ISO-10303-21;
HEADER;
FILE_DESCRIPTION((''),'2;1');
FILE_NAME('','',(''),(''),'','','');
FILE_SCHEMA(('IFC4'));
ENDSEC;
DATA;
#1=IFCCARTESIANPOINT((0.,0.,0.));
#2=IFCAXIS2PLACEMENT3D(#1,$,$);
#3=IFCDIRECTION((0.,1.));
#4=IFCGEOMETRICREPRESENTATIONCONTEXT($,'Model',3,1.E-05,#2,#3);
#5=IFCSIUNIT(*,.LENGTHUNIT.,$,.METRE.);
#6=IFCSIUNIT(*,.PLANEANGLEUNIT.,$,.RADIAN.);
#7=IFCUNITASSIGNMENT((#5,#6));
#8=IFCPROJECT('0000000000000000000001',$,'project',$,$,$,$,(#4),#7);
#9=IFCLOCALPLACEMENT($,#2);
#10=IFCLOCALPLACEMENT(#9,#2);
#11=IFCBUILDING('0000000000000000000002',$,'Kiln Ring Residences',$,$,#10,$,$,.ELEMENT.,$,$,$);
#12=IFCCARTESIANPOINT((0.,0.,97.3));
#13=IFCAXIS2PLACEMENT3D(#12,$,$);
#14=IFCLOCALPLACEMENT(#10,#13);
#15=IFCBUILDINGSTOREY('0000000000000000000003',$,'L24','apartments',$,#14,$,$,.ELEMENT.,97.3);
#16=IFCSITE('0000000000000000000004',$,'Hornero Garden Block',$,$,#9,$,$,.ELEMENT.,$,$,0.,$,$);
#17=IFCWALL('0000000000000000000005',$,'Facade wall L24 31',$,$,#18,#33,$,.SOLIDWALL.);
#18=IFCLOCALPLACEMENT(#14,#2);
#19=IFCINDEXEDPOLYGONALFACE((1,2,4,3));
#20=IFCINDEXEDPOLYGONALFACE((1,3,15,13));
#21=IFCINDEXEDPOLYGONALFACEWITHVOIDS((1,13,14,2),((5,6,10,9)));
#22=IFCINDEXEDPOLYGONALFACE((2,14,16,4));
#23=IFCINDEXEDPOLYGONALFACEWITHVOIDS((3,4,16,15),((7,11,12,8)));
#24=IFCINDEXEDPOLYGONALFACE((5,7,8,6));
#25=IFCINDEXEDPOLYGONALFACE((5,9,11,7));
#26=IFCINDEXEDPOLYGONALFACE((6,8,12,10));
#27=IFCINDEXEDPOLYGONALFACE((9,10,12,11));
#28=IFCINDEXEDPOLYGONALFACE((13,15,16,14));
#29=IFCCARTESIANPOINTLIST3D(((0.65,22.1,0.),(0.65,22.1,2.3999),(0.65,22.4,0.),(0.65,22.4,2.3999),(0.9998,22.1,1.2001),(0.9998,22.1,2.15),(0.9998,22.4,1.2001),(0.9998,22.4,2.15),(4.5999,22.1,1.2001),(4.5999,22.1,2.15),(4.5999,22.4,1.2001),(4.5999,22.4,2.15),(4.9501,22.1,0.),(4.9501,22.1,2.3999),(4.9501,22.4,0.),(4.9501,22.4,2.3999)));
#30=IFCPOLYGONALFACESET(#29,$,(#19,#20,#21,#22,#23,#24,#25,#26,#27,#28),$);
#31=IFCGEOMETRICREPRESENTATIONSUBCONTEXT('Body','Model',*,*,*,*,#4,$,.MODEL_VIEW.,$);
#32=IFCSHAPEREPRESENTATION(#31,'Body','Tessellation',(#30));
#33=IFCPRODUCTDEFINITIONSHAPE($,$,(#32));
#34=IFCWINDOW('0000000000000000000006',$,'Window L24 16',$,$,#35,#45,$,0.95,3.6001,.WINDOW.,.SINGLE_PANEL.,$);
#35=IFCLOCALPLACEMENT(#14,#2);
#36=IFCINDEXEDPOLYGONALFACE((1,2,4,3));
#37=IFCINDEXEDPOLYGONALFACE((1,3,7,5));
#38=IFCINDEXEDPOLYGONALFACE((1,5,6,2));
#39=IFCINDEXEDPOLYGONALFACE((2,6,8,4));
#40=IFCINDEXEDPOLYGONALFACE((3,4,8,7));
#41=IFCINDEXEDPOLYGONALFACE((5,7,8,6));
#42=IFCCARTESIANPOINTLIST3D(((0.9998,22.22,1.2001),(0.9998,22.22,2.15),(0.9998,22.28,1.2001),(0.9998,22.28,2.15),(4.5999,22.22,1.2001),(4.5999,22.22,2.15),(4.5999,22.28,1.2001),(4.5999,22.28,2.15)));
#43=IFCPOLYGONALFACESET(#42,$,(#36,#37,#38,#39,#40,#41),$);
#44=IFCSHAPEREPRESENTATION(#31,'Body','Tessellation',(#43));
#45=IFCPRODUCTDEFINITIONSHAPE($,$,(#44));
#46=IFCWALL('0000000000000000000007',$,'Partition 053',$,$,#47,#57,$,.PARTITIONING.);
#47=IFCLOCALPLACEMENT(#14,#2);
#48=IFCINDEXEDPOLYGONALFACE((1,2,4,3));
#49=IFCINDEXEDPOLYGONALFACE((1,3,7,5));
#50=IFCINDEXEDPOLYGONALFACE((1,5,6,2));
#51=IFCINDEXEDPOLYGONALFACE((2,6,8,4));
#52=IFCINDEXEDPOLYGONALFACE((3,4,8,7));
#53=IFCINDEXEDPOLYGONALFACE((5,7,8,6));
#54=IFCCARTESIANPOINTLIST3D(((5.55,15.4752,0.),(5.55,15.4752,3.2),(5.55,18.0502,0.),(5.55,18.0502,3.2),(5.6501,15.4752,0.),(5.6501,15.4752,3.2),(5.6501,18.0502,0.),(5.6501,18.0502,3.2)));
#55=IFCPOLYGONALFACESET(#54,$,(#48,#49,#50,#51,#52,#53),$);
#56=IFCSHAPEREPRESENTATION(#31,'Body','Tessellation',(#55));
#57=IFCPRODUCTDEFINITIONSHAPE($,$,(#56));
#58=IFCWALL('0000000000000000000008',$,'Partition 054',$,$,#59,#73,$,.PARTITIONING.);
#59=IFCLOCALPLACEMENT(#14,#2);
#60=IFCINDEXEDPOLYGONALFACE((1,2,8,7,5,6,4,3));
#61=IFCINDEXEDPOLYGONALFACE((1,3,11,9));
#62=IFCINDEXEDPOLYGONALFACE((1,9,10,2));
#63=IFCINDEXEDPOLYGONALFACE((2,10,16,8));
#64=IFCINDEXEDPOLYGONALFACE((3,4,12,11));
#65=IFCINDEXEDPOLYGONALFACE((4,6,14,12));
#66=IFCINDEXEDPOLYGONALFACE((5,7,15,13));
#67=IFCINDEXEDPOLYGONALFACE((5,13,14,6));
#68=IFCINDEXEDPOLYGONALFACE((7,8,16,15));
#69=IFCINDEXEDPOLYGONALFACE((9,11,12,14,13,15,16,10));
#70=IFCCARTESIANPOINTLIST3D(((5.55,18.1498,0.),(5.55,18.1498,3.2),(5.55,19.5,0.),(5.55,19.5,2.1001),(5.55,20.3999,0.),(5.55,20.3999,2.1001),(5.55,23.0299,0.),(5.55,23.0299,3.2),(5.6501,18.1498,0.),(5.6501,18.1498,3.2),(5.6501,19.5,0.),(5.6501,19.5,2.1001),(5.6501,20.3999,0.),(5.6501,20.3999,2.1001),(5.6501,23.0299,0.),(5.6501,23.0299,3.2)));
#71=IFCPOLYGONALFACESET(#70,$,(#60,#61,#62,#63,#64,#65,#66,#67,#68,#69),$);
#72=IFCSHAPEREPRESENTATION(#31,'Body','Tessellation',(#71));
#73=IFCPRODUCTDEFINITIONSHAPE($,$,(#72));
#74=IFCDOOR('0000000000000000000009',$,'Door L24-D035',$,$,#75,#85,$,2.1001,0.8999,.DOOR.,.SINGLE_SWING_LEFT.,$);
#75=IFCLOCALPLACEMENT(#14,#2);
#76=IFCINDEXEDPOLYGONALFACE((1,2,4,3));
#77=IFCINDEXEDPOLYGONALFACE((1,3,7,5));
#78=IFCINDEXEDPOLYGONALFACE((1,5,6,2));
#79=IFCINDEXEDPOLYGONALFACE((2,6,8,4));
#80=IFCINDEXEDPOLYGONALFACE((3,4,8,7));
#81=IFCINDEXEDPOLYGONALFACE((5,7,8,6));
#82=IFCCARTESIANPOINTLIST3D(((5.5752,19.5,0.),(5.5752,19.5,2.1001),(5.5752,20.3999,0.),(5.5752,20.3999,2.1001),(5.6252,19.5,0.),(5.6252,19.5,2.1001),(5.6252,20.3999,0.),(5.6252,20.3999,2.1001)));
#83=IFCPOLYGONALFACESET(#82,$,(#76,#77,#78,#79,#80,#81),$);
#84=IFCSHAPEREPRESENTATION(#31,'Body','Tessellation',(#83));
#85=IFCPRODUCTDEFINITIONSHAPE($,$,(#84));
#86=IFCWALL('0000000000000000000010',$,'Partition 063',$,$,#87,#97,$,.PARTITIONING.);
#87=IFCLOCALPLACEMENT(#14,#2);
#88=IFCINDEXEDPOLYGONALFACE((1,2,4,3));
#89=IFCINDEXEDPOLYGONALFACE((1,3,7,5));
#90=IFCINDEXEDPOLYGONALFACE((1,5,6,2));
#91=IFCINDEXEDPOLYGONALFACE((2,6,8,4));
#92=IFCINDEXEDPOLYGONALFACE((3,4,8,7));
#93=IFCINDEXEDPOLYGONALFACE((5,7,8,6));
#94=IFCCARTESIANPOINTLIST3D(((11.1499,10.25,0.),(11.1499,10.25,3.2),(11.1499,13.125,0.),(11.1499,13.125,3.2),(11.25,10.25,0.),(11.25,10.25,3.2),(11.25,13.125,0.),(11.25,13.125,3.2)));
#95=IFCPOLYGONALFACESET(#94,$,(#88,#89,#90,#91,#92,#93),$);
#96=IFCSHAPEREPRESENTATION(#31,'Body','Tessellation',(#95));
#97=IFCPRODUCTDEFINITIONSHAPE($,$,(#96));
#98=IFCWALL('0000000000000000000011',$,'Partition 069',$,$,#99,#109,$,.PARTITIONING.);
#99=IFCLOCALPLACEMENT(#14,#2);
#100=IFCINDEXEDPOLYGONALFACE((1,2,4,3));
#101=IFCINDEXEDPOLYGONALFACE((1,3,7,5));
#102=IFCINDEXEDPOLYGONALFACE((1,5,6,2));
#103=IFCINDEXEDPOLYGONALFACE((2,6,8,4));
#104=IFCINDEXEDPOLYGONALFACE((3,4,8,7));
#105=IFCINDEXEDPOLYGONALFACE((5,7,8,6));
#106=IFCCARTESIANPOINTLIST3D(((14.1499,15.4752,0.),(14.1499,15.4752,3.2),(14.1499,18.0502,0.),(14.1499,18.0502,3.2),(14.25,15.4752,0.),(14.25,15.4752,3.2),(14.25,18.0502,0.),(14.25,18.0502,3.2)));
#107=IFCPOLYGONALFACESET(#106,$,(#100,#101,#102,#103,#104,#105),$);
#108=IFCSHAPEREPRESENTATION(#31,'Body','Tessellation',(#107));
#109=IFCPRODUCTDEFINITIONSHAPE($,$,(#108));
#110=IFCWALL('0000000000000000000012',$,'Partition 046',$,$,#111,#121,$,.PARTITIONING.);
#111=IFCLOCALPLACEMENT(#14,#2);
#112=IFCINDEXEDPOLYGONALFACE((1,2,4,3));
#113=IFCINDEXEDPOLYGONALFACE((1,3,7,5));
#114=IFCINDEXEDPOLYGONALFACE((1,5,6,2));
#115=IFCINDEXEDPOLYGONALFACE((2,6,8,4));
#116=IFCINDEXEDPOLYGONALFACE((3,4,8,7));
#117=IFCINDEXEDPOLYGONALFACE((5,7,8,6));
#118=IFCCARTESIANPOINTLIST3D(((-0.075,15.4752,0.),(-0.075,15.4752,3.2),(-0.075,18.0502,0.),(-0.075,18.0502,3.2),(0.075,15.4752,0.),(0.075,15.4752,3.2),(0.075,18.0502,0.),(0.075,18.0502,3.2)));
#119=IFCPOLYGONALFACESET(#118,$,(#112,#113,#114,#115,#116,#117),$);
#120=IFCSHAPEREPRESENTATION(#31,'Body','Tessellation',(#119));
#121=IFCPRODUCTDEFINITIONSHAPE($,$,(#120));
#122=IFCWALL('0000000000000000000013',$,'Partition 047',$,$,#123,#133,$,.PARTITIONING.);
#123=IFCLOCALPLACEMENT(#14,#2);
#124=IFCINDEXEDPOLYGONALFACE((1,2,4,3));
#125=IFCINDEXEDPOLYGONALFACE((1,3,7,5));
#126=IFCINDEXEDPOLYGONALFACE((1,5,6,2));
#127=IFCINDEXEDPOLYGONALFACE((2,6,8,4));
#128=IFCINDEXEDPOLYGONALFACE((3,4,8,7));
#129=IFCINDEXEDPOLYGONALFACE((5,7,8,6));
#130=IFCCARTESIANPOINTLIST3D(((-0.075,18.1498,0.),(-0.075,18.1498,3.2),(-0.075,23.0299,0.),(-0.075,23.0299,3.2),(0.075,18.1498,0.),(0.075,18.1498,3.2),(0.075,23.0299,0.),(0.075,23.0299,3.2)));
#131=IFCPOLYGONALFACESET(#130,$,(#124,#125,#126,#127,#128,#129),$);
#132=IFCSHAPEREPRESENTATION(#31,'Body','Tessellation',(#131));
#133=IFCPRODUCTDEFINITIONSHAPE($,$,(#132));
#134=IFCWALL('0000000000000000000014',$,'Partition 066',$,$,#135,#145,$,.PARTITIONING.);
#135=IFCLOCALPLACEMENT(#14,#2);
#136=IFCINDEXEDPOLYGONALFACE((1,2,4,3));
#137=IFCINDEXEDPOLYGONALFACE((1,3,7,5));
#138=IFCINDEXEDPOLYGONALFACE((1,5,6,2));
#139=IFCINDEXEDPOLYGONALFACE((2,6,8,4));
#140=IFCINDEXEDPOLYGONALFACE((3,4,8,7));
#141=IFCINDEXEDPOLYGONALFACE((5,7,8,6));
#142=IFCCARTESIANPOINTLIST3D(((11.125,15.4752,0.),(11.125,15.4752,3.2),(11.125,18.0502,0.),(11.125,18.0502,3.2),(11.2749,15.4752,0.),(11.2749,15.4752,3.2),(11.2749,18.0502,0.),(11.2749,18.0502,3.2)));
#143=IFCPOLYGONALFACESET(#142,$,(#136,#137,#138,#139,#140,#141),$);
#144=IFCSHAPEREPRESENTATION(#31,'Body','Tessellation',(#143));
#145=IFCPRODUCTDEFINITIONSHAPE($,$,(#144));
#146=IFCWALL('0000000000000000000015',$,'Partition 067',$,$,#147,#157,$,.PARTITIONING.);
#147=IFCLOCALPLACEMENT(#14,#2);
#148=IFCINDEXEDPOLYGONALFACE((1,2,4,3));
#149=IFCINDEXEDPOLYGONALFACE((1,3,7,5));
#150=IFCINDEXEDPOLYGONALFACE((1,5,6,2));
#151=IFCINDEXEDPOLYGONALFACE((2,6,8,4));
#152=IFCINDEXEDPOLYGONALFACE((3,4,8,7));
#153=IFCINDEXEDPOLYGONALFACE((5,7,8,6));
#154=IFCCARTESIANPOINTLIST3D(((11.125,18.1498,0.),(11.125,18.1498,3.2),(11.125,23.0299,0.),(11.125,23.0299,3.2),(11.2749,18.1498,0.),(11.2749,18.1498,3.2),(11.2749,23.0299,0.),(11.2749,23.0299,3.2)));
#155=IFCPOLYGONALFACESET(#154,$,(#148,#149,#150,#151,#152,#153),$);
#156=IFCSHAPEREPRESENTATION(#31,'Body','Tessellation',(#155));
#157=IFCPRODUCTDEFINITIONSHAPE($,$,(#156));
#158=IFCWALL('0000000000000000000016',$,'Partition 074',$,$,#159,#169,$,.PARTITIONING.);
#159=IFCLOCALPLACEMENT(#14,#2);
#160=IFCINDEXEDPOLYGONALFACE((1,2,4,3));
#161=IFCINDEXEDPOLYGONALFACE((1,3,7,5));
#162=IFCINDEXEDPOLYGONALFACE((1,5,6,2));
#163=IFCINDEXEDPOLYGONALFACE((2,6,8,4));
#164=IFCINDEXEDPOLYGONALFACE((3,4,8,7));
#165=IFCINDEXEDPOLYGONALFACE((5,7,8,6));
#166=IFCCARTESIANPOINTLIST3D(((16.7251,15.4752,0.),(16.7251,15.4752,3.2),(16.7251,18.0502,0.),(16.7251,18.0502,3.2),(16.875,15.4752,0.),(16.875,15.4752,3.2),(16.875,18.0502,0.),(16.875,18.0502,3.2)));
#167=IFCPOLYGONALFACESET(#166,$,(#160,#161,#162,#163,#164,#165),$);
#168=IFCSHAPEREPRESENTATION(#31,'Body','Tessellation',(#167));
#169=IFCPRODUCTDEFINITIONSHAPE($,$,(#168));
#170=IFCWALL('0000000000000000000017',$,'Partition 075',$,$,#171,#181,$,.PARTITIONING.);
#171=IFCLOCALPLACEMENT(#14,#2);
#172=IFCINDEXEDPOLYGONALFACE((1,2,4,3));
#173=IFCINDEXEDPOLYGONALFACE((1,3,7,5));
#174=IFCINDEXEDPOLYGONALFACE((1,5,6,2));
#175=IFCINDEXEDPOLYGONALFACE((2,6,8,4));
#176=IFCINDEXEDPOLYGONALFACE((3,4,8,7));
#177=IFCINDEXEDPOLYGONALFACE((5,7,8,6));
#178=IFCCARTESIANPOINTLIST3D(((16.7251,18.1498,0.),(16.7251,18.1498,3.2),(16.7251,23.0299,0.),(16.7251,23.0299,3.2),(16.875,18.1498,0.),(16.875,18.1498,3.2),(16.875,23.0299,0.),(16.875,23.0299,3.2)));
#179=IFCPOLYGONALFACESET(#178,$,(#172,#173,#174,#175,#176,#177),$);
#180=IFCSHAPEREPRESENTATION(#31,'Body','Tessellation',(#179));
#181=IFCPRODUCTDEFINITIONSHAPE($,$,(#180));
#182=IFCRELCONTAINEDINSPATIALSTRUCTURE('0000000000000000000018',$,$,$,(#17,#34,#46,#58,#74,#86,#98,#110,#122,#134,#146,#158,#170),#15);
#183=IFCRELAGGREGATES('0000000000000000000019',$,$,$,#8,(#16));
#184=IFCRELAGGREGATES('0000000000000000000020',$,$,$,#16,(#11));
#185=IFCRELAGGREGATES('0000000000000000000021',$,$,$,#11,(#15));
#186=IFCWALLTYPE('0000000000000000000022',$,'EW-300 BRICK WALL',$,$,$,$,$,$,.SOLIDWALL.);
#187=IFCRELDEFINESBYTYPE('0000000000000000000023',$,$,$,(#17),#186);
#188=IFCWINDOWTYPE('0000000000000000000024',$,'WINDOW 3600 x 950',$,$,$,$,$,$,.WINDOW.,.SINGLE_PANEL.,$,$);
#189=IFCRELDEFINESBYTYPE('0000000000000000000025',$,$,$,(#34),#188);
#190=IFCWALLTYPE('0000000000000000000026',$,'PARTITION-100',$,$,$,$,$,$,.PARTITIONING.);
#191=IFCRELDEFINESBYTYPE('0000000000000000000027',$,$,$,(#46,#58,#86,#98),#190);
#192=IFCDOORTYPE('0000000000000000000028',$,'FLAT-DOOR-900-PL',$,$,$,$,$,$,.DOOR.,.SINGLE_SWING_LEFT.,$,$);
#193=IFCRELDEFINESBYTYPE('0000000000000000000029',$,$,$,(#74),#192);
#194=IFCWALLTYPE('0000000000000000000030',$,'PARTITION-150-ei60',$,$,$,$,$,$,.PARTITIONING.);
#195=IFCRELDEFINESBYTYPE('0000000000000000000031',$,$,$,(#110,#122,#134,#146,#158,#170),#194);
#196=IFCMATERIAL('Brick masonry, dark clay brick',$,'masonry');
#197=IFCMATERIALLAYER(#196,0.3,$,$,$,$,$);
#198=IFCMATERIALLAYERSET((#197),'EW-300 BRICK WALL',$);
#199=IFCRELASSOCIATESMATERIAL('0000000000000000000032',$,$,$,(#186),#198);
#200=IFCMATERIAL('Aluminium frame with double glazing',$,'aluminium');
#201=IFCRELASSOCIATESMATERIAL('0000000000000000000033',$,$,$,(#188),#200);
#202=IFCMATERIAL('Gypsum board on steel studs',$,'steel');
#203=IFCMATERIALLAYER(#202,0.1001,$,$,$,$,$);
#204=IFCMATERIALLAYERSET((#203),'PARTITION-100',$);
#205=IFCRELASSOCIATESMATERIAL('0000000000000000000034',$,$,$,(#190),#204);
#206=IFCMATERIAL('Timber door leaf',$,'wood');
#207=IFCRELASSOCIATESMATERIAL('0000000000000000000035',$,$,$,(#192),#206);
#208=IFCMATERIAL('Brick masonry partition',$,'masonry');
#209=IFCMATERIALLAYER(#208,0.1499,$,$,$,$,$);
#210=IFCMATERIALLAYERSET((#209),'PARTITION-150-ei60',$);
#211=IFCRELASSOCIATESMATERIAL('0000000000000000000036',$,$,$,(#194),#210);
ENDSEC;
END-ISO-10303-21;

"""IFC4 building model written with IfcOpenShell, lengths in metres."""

from ifc_helpers import new_model, si_unit, direction, frame, frame_2d, origin, place, context, subcontext, project, spatial, rectangle, extrude, material, layer, layer_set, type_object, element, fill, save


model = new_model("IFC4")

# Units and contexts
model_context = context("Model", 3, precision=1e-05, world=origin(), true_north=direction((0.0, 1.0)))
body_context = subcontext(model_context, "Body", "Model", "MODEL_VIEW")
ifc_project = project(units=[si_unit("LENGTHUNIT", "METRE"), si_unit("PLANEANGLEUNIT", "RADIAN")], contexts=[model_context])

# Site, building, storey
site_placement = place(None, origin())
site = spatial("IfcSite", under=ifc_project, at=site_placement, Name="Hornero Garden Block", CompositionType="ELEMENT", RefElevation=0.0)
building_placement = place(site_placement, origin())
building = spatial("IfcBuilding", under=site, at=building_placement, Name="Kiln Ring Residences", CompositionType="ELEMENT")
storey_placement = place(building_placement, frame((0.0, 0.0, 97.3)))
storey = spatial("IfcBuildingStorey", under=building, at=storey_placement, Name="L24", Description="apartments", CompositionType="ELEMENT", Elevation=97.3)

# Wall, opening, window
ifc_material_1 = material(Name="Brick masonry, dark clay brick", Category="masonry")
ifc_layer_1 = layer(ifc_material_1, 0.3)
ifc_layer_set_1 = layer_set([ifc_layer_1], Name="EW-300 BRICK WALL")
wall_type_1 = type_object("IfcWallType", Name="EW-300 BRICK WALL", PredefinedType="SOLIDWALL", material=ifc_layer_set_1)
ifc_material_2 = material(Name="Aluminium frame with double glazing", Category="aluminium")
window_type = type_object("IfcWindowType", Name="WINDOW 3600 x 950", PartitioningType="SINGLE_PANEL", PredefinedType="WINDOW", material=ifc_material_2)
wall_1_placement = place(storey_placement, frame((4.95, 22.25, 0.0), z_axis=(0.0, 0.0, 1.0), x_axis=(-1.0, 0.0, 0.0)))
wall_1 = element("IfcWall", 1, at=wall_1_placement, inside=storey, type_object=wall_type_1, Name="Facade wall L24 31", PredefinedType="SOLIDWALL", context=body_context, shape_type="SweptSolid", body=[
    extrude(rectangle(XDim=4.3, YDim=0.3, at=frame_2d((2.1499, 0.0))), origin(), (0.0, 0.0, 1.0), 2.3999),
])
opening_1_placement = place(wall_1_placement, frame((0.3501, 0.0, 1.2)))
opening_1 = element("IfcOpeningElement", 2, at=opening_1_placement, cuts=wall_1, PredefinedType="OPENING", context=body_context, shape_type="SweptSolid", body=[
    extrude(rectangle(XDim=3.6001, YDim=0.95, at=frame_2d((1.8, 0.4751))), frame((0.0, 0.1599, 0.0), z_axis=(0.0, -1.0, 0.0), x_axis=(1.0, 0.0, 0.0)), (0.0, 0.0, 1.0), 0.3201),
])
window_1_placement = place(opening_1_placement, origin())
window_1 = element("IfcWindow", 3, at=window_1_placement, inside=storey, type_object=window_type, Name="Window L24 16", OverallHeight=0.95, OverallWidth=3.6001, PartitioningType="SINGLE_PANEL", PredefinedType="WINDOW", context=body_context, shape_type="SweptSolid", body=[
    extrude(rectangle(XDim=3.6001, YDim=0.95, at=frame_2d((1.8, 0.4751))), frame((0.0, 0.03, 0.0), z_axis=(0.0, -1.0, 0.0), x_axis=(1.0, 0.0, 0.0)), (0.0, 0.0, 1.0), 0.0601),
])
fill(opening_1, window_1)

# Wall
ifc_material_3 = material(Name="Gypsum board on steel studs", Category="steel")
ifc_layer_2 = layer(ifc_material_3, 0.1001)
ifc_layer_set_2 = layer_set([ifc_layer_2], Name="PARTITION-100")
wall_type_2 = type_object("IfcWallType", Name="PARTITION-100", PredefinedType="PARTITIONING", material=ifc_layer_set_2)
wall_2_placement = place(storey_placement, frame((5.6001, 15.4751, 0.0), z_axis=(0.0, 0.0, 1.0), x_axis=(0.0, 1.0, 0.0)))
element("IfcWall", 4, at=wall_2_placement, inside=storey, type_object=wall_type_2, Name="Partition 053", PredefinedType="PARTITIONING", context=body_context, shape_type="SweptSolid", body=[
    extrude(rectangle(XDim=2.575, YDim=0.1001, at=frame_2d((1.2876, 0.0))), origin(), (0.0, 0.0, 1.0), 3.2),
])

# Wall, opening, door
wall_3_placement = place(storey_placement, frame((5.6001, 18.1499, 0.0), z_axis=(0.0, 0.0, 1.0), x_axis=(0.0, 1.0, 0.0)))
wall_3 = element("IfcWall", 5, at=wall_3_placement, inside=storey, type_object=wall_type_2, Name="Partition 054", PredefinedType="PARTITIONING", context=body_context, shape_type="SweptSolid", body=[
    extrude(rectangle(XDim=4.8801, YDim=0.1001, at=frame_2d((2.4399, 0.0))), origin(), (0.0, 0.0, 1.0), 3.2),
])
opening_2_placement = place(wall_3_placement, frame((1.3501, 0.0, 0.0)))
opening_2 = element("IfcOpeningElement", 6, at=opening_2_placement, cuts=wall_3, PredefinedType="OPENING", context=body_context, shape_type="SweptSolid", body=[
    extrude(rectangle(XDim=0.8999, YDim=2.1001, at=frame_2d((0.45, 1.05))), frame((0.0, 0.0601, 0.0), z_axis=(0.0, -1.0, 0.0), x_axis=(1.0, 0.0, 0.0)), (0.0, 0.0, 1.0), 0.1201),
])
ifc_material_4 = material(Name="Timber door leaf", Category="wood")
door_type = type_object("IfcDoorType", Name="FLAT-DOOR-900-PL", OperationType="SINGLE_SWING_LEFT", PredefinedType="DOOR", material=ifc_material_4)
door_placement = place(opening_2_placement, origin())
door = element("IfcDoor", 7, at=door_placement, inside=storey, type_object=door_type, Name="Door L24-D035", OperationType="SINGLE_SWING_LEFT", OverallHeight=2.1001, OverallWidth=0.8999, PredefinedType="DOOR", context=body_context, shape_type="SweptSolid", body=[
    extrude(rectangle(XDim=0.8999, YDim=2.1001, at=frame_2d((0.45, 1.05))), frame((0.0, 0.0249, 0.0), z_axis=(0.0, -1.0, 0.0), x_axis=(1.0, 0.0, 0.0)), (0.0, 0.0, 1.0), 0.05),
])
fill(opening_2, door)

# Walls
wall_4_placement = place(storey_placement, frame((11.2, 10.25, 0.0), z_axis=(0.0, 0.0, 1.0), x_axis=(0.0, 1.0, 0.0)))
element("IfcWall", 8, at=wall_4_placement, inside=storey, type_object=wall_type_2, Name="Partition 063", PredefinedType="PARTITIONING", context=body_context, shape_type="SweptSolid", body=[
    extrude(rectangle(XDim=2.875, YDim=0.1001, at=frame_2d((1.4375, 0.0))), origin(), (0.0, 0.0, 1.0), 3.2),
])
wall_5_placement = place(storey_placement, frame((14.2, 15.4751, 0.0), z_axis=(0.0, 0.0, 1.0), x_axis=(0.0, 1.0, 0.0)))
element("IfcWall", 9, at=wall_5_placement, inside=storey, type_object=wall_type_2, Name="Partition 069", PredefinedType="PARTITIONING", context=body_context, shape_type="SweptSolid", body=[
    extrude(rectangle(XDim=2.575, YDim=0.1001, at=frame_2d((1.2876, 0.0))), origin(), (0.0, 0.0, 1.0), 3.2),
])
ifc_material_5 = material(Name="Brick masonry partition", Category="masonry")
ifc_layer_3 = layer(ifc_material_5, 0.1499)
ifc_layer_set_3 = layer_set([ifc_layer_3], Name="PARTITION-150-ei60")
wall_type_3 = type_object("IfcWallType", Name="PARTITION-150-ei60", PredefinedType="PARTITIONING", material=ifc_layer_set_3)
wall_6_placement = place(storey_placement, frame((0.0, 15.4751, 0.0), z_axis=(0.0, 0.0, 1.0), x_axis=(0.0, 1.0, 0.0)))
element("IfcWall", 10, at=wall_6_placement, inside=storey, type_object=wall_type_3, Name="Partition 046", PredefinedType="PARTITIONING", context=body_context, shape_type="SweptSolid", body=[
    extrude(rectangle(XDim=2.575, YDim=0.1499, at=frame_2d((1.2876, 0.0))), origin(), (0.0, 0.0, 1.0), 3.2),
])
wall_7_placement = place(storey_placement, frame((0.0, 18.1499, 0.0), z_axis=(0.0, 0.0, 1.0), x_axis=(0.0, 1.0, 0.0)))
element("IfcWall", 11, at=wall_7_placement, inside=storey, type_object=wall_type_3, Name="Partition 047", PredefinedType="PARTITIONING", context=body_context, shape_type="SweptSolid", body=[
    extrude(rectangle(XDim=4.8801, YDim=0.1499, at=frame_2d((2.4399, 0.0))), origin(), (0.0, 0.0, 1.0), 3.2),
])
wall_8_placement = place(storey_placement, frame((11.2, 15.4751, 0.0), z_axis=(0.0, 0.0, 1.0), x_axis=(0.0, 1.0, 0.0)))
element("IfcWall", 12, at=wall_8_placement, inside=storey, type_object=wall_type_3, Name="Partition 066", PredefinedType="PARTITIONING", context=body_context, shape_type="SweptSolid", body=[
    extrude(rectangle(XDim=2.575, YDim=0.1499, at=frame_2d((1.2876, 0.0))), origin(), (0.0, 0.0, 1.0), 3.2),
])
wall_9_placement = place(storey_placement, frame((11.2, 18.1499, 0.0), z_axis=(0.0, 0.0, 1.0), x_axis=(0.0, 1.0, 0.0)))
element("IfcWall", 13, at=wall_9_placement, inside=storey, type_object=wall_type_3, Name="Partition 067", PredefinedType="PARTITIONING", context=body_context, shape_type="SweptSolid", body=[
    extrude(rectangle(XDim=4.8801, YDim=0.1499, at=frame_2d((2.4399, 0.0))), origin(), (0.0, 0.0, 1.0), 3.2),
])
wall_10_placement = place(storey_placement, frame((16.8, 15.4751, 0.0), z_axis=(0.0, 0.0, 1.0), x_axis=(0.0, 1.0, 0.0)))
element("IfcWall", 14, at=wall_10_placement, inside=storey, type_object=wall_type_3, Name="Partition 074", PredefinedType="PARTITIONING", context=body_context, shape_type="SweptSolid", body=[
    extrude(rectangle(XDim=2.575, YDim=0.1499, at=frame_2d((1.2876, 0.0))), origin(), (0.0, 0.0, 1.0), 3.2),
])
wall_11_placement = place(storey_placement, frame((16.8, 18.1499, 0.0), z_axis=(0.0, 0.0, 1.0), x_axis=(0.0, 1.0, 0.0)))
element("IfcWall", 15, at=wall_11_placement, inside=storey, type_object=wall_type_3, Name="Partition 075", PredefinedType="PARTITIONING", context=body_context, shape_type="SweptSolid", body=[
    extrude(rectangle(XDim=4.8801, YDim=0.1499, at=frame_2d((2.4399, 0.0))), origin(), (0.0, 0.0, 1.0), 3.2),
])

save(model, "model.ifc")
